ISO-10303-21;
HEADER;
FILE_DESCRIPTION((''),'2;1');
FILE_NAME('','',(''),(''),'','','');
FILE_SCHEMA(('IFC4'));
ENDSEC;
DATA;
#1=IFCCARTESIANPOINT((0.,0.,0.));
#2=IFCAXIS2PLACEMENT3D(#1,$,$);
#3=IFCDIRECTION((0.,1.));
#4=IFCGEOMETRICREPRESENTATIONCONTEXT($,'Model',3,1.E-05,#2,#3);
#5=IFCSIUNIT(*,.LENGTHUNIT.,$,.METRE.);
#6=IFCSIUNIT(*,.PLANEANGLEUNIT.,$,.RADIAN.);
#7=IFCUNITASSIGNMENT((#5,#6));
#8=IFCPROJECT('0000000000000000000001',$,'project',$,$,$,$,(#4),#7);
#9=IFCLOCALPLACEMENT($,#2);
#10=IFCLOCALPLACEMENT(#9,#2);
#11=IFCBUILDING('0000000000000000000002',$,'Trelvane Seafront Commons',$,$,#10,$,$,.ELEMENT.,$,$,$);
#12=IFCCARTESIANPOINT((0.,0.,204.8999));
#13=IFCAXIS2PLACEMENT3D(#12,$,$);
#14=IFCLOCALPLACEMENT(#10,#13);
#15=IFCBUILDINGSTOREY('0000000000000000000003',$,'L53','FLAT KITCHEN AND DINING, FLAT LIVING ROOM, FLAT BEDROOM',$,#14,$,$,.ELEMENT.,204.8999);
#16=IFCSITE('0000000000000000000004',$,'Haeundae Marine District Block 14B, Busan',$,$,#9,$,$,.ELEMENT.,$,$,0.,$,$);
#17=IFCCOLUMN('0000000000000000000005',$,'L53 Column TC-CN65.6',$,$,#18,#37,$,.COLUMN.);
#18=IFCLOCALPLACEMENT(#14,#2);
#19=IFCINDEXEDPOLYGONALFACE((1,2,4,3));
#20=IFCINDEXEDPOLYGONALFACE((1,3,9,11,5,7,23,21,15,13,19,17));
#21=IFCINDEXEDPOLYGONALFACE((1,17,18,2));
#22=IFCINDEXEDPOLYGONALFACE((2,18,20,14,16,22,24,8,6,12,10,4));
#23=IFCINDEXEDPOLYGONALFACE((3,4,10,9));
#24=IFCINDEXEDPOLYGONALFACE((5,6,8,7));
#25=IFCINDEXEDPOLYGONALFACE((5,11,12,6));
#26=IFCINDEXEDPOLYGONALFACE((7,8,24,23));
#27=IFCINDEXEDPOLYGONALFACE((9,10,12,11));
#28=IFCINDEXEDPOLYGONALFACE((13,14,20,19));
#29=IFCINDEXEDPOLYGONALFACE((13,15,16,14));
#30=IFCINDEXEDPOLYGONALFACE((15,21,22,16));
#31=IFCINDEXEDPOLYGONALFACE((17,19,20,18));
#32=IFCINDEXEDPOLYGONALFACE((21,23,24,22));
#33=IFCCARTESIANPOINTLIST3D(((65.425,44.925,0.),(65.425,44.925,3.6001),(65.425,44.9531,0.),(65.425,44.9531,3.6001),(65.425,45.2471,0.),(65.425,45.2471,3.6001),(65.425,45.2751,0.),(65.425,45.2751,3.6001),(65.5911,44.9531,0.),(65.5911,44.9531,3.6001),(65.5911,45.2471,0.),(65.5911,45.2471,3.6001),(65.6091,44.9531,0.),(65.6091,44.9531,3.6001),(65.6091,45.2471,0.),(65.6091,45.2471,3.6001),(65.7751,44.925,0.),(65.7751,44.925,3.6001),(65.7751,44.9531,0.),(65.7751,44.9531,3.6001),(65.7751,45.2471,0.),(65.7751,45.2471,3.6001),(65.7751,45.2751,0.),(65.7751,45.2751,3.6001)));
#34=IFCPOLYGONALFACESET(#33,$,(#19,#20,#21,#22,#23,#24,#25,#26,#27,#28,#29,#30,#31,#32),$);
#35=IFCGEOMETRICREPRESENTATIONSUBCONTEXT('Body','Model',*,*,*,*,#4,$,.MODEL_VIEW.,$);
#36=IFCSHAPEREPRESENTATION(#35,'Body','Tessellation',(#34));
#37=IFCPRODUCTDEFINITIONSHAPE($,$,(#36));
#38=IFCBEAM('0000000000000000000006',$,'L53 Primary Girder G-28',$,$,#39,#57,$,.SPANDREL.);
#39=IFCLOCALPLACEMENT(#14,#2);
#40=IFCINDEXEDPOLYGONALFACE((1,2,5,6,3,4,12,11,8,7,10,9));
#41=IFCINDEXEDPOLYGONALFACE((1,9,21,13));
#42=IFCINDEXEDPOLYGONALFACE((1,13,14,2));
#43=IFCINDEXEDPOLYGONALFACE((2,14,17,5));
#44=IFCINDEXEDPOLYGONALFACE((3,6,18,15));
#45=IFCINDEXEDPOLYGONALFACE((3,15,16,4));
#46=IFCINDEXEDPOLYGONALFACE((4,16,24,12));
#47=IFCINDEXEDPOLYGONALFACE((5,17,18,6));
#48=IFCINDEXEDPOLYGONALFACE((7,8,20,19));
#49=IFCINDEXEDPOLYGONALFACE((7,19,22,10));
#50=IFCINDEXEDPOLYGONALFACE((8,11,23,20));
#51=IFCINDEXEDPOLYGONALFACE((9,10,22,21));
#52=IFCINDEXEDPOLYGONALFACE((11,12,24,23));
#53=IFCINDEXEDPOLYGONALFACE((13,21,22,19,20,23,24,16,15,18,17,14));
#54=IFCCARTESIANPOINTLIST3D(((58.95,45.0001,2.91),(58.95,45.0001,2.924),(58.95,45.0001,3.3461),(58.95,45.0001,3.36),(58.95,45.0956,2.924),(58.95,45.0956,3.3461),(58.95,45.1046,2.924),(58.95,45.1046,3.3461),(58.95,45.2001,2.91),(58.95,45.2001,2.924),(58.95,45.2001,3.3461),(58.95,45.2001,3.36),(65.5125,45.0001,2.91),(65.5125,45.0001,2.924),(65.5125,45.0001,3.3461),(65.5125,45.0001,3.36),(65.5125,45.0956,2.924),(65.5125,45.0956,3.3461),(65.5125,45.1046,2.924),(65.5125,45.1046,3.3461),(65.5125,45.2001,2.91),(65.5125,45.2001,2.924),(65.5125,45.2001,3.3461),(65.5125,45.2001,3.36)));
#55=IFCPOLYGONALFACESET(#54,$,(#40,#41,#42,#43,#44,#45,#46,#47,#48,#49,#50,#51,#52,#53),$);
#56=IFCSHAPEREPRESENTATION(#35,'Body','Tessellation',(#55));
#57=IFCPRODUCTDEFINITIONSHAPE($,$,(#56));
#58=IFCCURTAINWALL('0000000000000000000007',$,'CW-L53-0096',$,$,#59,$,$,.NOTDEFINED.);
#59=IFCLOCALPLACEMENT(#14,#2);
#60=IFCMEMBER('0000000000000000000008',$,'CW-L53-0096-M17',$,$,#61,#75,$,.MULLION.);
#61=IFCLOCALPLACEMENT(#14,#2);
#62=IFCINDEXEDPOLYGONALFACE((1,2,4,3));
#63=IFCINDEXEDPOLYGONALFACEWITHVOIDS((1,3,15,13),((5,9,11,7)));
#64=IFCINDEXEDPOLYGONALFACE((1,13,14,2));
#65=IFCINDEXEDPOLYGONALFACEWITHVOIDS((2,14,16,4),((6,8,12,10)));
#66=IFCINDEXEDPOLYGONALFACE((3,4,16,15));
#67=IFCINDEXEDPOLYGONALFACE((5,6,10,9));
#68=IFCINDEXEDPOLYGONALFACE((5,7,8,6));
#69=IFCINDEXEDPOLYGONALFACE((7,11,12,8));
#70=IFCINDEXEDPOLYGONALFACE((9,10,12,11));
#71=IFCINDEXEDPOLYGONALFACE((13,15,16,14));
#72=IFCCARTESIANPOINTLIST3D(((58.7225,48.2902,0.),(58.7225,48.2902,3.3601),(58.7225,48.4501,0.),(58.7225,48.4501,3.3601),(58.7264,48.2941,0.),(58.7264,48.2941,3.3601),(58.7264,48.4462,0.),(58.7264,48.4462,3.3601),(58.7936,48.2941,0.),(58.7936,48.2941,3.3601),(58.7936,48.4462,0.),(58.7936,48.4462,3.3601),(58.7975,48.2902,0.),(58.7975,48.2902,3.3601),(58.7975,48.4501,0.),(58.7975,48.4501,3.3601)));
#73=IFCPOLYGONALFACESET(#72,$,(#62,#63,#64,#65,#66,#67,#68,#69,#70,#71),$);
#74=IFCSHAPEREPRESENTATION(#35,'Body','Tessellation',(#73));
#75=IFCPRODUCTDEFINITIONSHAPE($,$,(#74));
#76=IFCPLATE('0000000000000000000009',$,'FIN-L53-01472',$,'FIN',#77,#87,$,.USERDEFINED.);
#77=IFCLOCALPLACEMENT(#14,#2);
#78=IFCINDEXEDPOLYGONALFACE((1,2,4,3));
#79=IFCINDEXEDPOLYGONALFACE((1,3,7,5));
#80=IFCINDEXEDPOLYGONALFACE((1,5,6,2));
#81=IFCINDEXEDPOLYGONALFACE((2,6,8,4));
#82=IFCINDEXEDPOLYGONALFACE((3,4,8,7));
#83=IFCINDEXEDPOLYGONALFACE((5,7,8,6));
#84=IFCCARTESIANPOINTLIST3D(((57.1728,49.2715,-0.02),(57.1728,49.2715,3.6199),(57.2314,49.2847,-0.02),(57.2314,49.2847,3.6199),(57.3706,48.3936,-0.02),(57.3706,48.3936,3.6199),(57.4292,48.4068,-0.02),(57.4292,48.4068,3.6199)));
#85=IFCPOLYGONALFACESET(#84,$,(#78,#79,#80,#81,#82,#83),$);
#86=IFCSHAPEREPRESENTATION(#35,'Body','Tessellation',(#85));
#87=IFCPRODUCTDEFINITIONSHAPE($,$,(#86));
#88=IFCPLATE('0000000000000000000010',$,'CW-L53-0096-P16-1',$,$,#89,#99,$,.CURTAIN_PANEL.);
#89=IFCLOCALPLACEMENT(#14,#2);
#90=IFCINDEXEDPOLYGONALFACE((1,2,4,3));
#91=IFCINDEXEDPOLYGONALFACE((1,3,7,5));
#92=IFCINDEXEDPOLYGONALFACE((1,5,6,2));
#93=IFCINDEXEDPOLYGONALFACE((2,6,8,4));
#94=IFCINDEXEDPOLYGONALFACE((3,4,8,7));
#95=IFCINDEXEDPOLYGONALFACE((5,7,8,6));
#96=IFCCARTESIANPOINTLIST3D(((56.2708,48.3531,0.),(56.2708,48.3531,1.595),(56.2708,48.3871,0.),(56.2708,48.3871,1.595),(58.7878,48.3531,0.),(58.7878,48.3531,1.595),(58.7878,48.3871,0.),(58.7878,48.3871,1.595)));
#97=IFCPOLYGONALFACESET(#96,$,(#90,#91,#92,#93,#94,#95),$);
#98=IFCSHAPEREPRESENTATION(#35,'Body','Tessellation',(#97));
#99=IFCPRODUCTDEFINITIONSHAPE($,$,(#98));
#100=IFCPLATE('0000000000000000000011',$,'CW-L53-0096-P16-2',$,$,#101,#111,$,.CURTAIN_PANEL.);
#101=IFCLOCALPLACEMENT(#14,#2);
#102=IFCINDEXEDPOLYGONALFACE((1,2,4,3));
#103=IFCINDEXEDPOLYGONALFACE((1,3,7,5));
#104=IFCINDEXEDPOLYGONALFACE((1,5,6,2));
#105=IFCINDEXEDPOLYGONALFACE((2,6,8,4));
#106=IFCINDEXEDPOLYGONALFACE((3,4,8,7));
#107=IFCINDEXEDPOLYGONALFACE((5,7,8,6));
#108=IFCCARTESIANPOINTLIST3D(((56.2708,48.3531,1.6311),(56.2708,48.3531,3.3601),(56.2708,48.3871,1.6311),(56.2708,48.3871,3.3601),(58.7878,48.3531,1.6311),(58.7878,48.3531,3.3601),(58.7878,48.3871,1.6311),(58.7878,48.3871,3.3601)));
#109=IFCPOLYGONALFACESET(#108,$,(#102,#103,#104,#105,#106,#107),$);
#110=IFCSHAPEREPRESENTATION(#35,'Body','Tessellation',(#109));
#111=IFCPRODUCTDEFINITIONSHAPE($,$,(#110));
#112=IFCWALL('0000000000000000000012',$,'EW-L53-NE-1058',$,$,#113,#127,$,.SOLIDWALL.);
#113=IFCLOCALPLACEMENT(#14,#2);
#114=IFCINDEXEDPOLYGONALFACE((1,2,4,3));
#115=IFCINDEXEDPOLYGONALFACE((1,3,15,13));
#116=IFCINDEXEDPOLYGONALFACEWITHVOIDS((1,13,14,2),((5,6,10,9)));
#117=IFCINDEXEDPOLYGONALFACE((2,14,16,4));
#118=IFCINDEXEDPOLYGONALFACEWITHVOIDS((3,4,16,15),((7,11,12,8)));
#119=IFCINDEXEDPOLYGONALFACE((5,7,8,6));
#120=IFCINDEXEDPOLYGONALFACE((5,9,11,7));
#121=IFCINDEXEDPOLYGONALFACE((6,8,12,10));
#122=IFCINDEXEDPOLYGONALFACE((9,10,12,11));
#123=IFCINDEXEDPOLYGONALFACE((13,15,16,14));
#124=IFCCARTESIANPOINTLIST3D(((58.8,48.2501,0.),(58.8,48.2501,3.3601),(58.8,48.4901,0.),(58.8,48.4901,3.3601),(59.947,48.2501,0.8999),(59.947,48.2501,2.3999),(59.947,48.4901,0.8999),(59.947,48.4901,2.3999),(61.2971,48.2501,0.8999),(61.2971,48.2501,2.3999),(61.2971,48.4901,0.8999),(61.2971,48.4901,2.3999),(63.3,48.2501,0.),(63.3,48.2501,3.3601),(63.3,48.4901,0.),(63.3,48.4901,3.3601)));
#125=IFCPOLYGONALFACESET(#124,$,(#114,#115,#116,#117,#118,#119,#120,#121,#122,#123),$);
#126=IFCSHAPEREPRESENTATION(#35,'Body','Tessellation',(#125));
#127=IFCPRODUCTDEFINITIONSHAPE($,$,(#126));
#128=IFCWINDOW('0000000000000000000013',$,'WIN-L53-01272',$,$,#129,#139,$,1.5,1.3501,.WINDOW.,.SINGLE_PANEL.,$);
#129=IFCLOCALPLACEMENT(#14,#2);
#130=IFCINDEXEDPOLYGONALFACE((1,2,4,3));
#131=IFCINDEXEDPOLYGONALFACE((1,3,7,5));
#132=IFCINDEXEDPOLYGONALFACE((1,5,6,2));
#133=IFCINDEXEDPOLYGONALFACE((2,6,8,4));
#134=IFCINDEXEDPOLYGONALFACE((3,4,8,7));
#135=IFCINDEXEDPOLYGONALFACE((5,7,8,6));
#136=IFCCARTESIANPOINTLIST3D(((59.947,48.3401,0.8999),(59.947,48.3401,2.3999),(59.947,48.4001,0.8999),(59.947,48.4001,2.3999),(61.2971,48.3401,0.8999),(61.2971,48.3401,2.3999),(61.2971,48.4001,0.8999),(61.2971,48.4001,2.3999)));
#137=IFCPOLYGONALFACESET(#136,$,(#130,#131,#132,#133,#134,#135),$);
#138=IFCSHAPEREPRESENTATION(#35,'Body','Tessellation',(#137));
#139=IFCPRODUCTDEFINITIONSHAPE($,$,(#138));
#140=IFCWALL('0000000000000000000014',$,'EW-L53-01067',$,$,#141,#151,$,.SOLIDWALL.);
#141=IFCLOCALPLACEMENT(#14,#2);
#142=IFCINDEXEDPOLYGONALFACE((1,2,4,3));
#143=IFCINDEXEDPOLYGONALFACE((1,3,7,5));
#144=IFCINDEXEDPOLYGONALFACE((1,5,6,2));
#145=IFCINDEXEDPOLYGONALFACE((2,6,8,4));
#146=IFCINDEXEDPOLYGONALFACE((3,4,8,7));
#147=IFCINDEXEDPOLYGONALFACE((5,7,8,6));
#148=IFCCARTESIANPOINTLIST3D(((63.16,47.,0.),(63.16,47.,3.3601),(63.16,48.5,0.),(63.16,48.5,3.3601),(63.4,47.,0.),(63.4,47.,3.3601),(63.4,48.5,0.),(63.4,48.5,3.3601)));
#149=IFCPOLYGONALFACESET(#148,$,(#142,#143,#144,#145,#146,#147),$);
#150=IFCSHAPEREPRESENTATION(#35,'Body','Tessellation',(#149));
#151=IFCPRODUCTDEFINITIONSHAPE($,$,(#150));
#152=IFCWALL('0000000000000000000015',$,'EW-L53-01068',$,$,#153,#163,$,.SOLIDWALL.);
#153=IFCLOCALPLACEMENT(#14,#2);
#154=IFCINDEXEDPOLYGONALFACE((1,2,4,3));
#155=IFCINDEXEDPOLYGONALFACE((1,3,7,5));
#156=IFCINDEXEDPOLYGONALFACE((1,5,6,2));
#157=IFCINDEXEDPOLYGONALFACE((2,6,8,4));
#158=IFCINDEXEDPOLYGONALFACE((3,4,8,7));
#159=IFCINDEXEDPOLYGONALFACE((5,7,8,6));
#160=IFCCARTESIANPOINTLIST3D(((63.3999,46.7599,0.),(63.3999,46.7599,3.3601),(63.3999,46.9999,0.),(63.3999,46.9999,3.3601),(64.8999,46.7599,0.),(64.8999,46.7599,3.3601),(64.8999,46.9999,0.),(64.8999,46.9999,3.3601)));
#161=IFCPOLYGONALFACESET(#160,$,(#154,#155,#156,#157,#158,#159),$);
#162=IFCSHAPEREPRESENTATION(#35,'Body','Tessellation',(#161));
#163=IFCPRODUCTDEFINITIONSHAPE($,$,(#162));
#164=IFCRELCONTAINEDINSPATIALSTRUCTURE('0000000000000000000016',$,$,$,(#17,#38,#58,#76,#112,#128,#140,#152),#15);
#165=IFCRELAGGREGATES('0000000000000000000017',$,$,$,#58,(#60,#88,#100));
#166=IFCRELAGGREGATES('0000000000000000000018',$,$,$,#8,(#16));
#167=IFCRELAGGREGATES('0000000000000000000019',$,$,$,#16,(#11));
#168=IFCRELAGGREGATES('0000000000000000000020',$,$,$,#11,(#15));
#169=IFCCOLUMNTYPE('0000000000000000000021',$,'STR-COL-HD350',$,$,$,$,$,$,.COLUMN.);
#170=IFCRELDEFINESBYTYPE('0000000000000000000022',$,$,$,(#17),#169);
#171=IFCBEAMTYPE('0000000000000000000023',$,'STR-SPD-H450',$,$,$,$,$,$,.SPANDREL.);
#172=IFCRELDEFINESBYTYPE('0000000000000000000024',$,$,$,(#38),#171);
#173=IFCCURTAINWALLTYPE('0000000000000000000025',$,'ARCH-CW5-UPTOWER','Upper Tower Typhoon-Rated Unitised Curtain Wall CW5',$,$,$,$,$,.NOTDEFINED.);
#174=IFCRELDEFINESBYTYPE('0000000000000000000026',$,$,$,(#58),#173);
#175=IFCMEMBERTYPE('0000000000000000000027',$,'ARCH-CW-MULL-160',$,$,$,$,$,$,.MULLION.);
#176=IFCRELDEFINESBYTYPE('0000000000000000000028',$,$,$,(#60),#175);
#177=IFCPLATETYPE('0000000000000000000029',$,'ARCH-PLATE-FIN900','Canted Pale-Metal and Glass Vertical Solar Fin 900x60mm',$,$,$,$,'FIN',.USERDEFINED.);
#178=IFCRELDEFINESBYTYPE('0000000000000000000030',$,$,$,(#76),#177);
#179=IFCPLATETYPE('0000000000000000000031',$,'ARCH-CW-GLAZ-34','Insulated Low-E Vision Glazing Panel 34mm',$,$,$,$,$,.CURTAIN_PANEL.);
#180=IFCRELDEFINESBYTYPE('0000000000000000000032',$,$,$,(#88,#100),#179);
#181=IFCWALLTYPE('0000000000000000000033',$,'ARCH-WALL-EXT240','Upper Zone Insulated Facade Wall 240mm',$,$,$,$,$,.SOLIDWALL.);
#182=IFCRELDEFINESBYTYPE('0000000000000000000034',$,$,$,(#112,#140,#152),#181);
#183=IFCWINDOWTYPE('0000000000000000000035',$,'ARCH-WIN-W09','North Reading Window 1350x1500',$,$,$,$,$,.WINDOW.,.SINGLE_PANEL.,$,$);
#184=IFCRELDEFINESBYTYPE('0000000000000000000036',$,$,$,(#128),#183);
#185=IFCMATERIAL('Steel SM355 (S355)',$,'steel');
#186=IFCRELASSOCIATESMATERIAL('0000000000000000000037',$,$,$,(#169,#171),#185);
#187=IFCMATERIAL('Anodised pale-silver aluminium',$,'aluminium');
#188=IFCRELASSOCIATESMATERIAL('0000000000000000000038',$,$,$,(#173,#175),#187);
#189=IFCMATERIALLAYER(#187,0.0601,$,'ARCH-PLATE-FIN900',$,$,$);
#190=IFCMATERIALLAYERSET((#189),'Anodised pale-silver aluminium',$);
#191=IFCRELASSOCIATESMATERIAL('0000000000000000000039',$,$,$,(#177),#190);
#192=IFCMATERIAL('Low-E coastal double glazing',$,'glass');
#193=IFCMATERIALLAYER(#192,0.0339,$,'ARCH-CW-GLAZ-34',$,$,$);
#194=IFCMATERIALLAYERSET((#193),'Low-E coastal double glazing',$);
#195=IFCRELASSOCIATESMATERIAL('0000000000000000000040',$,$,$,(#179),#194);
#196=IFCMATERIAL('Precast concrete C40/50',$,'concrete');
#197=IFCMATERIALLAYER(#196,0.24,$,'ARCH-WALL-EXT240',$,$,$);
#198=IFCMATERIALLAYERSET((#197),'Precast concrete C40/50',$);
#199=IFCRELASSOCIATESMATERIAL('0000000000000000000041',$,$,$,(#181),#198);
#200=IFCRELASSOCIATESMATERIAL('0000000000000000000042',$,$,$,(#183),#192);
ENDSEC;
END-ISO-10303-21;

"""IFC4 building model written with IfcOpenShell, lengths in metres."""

from ifc_helpers import new_model, si_unit, direction, frame, frame_2d, origin, origin_2d, place, context, subcontext, project, spatial, rectangle, hollow_rectangle, i_section, extrude, source, transform, mapped, material, layer, layer_set, material_profile, profile_set, type_object, element, fill, aggregate, save


model = new_model("IFC4")

# Units and contexts
model_context = context("Model", 3, precision=1e-05, world=origin(), true_north=direction((0.0, 1.0)))
body_context = subcontext(model_context, "Body", "Model", "MODEL_VIEW")
ifc_project = project(units=[si_unit("LENGTHUNIT", "METRE"), si_unit("PLANEANGLEUNIT", "RADIAN")], contexts=[model_context])

# Site, building, storey
site_placement = place(None, origin())
site = spatial("IfcSite", under=ifc_project, at=site_placement, Name="Haeundae Marine District Block 14B, Busan", CompositionType="ELEMENT", RefElevation=0.0)
building_placement = place(site_placement, origin())
building = spatial("IfcBuilding", under=site, at=building_placement, Name="Trelvane Seafront Commons", CompositionType="ELEMENT")
storey_placement = place(building_placement, frame((0.0, 0.0, 204.8999)))
storey = spatial("IfcBuildingStorey", under=building, at=storey_placement, Name="L53", Description="FLAT KITCHEN AND DINING, FLAT LIVING ROOM, FLAT BEDROOM", CompositionType="ELEMENT", Elevation=204.8999)

# Column
ifc_material_1 = material(Name="Steel SM355 (S355)", Category="steel")
ifc_material_profile_1 = material_profile(ifc_material_1, i_section(OverallWidth=0.3501, OverallDepth=0.3501, WebThickness=0.0181, FlangeThickness=0.0281, at=origin_2d()), Name="HD-350x350x18x28")
ifc_profile_set_1 = profile_set([ifc_material_profile_1], Name="Steel SM355 (S355)")
column_type = type_object("IfcColumnType", Name="STR-COL-HD350", PredefinedType="COLUMN", material=ifc_profile_set_1)
shared_shape_1 = source(origin(), body_context, "Body", "SweptSolid", [
    extrude(i_section(OverallWidth=0.3501, OverallDepth=0.3501, WebThickness=0.0181, FlangeThickness=0.0281, at=origin_2d()), origin(), (0.0, 0.0, 1.0), 3.6001),
])
column_placement = place(storey_placement, frame((65.6001, 45.1001, 0.0), z_axis=(0.0, 0.0, 1.0), x_axis=(1.0, 0.0, 0.0)))
element("IfcColumn", 1, at=column_placement, inside=storey, type_object=column_type, Name="L53 Column TC-CN65.6", PredefinedType="COLUMN", context=body_context, shape_type="MappedRepresentation", body=[
    mapped(shared_shape_1, transform((0.0, 0.0, 0.0), x_axis=(1.0, 0.0, 0.0), y_axis=(0.0, 1.0, 0.0), z_axis=(0.0, 0.0, 1.0), scale=1.0)),
])

# Beam
ifc_material_profile_2 = material_profile(ifc_material_1, i_section(OverallWidth=0.2, OverallDepth=0.45, WebThickness=0.009, FlangeThickness=0.0139, at=origin_2d()), Name="H-450x200x9x14")
ifc_profile_set_2 = profile_set([ifc_material_profile_2], Name="Steel SM355 (S355)")
beam_type = type_object("IfcBeamType", Name="STR-SPD-H450", PredefinedType="SPANDREL", material=ifc_profile_set_2)
shared_shape_2 = source(origin(), body_context, "Body", "SweptSolid", [
    extrude(i_section(OverallWidth=0.2, OverallDepth=0.45, WebThickness=0.009, FlangeThickness=0.0139, at=origin_2d()), origin(), (0.0, 0.0, 1.0), 6.5625),
])
beam_placement = place(storey_placement, frame((58.95, 45.1001, 3.135), z_axis=(1.0, 0.0, 0.0), x_axis=(0.0, 1.0, 0.0)))
element("IfcBeam", 2, at=beam_placement, inside=storey, type_object=beam_type, Name="L53 Primary Girder G-28", PredefinedType="SPANDREL", context=body_context, shape_type="MappedRepresentation", body=[
    mapped(shared_shape_2, transform((0.0, 0.0, 0.0), x_axis=(1.0, 0.0, 0.0), y_axis=(0.0, 1.0, 0.0), z_axis=(0.0, 0.0, 1.0), scale=1.0)),
])

# Curtain wall, member
ifc_material_2 = material(Name="Anodised pale-silver aluminium", Category="aluminium")
curtain_wall_type = type_object("IfcCurtainWallType", Name="ARCH-CW5-UPTOWER", Description="Upper Tower Typhoon-Rated Unitised Curtain Wall CW5", PredefinedType="NOTDEFINED", material=ifc_material_2)
curtain_wall_placement = place(storey_placement, origin())
curtain_wall = element("IfcCurtainWall", 3, at=curtain_wall_placement, inside=storey, type_object=curtain_wall_type, Name="CW-L53-0096", PredefinedType="NOTDEFINED")
ifc_material_profile_3 = material_profile(ifc_material_2, hollow_rectangle(XDim=0.075, YDim=0.1599, WallThickness=0.0039, at=origin_2d()), Name="MULL-75x160x4")
ifc_profile_set_3 = profile_set([ifc_material_profile_3], Name="Anodised pale-silver aluminium")
member_type = type_object("IfcMemberType", Name="ARCH-CW-MULL-160", PredefinedType="MULLION", material=ifc_profile_set_3)
shared_shape_3 = source(origin(), body_context, "Body", "SweptSolid", [
    extrude(hollow_rectangle(XDim=0.075, YDim=0.1599, WallThickness=0.0039, at=origin_2d()), origin(), (0.0, 0.0, 1.0), 3.3601),
])
member_placement = place(storey_placement, frame((58.76, 48.3701, 0.0), z_axis=(0.0, 0.0, 1.0), x_axis=(1.0, 0.0, 0.0)))
member = element("IfcMember", 4, at=member_placement, type_object=member_type, Name="CW-L53-0096-M17", PredefinedType="MULLION", context=body_context, shape_type="MappedRepresentation", body=[
    mapped(shared_shape_3, transform((0.0, 0.0, 0.0), x_axis=(1.0, 0.0, 0.0), y_axis=(0.0, 1.0, 0.0), z_axis=(0.0, 0.0, 1.0), scale=1.0)),
])

# Plates
ifc_layer_1 = layer(ifc_material_2, 0.0601, Name="ARCH-PLATE-FIN900")
ifc_layer_set_1 = layer_set([ifc_layer_1], Name="Anodised pale-silver aluminium")
plate_type_1 = type_object("IfcPlateType", Name="ARCH-PLATE-FIN900", Description="Canted Pale-Metal and Glass Vertical Solar Fin 900x60mm", ElementType="FIN", PredefinedType="USERDEFINED", material=ifc_layer_set_1)
shared_shape_4 = source(origin(), body_context, "Body", "SweptSolid", [
    extrude(rectangle(XDim=0.8999, YDim=0.0601, at=origin_2d()), origin(), (0.0, 0.0, 1.0), 3.6399),
])
plate_1_placement = place(storey_placement, frame((57.301, 48.8391, -0.02), z_axis=(0.0, 0.0, 1.0), x_axis=(-0.219776, 0.97555, 0.0)))
element("IfcPlate", 5, at=plate_1_placement, inside=storey, type_object=plate_type_1, Name="FIN-L53-01472", ObjectType="FIN", PredefinedType="USERDEFINED", context=body_context, shape_type="MappedRepresentation", body=[
    mapped(shared_shape_4, transform((0.0, 0.0, 0.0), x_axis=(1.0, 0.0, 0.0), y_axis=(0.0, 1.0, 0.0), z_axis=(0.0, 0.0, 1.0), scale=1.0)),
])
ifc_material_3 = material(Name="Low-E coastal double glazing", Category="glass")
ifc_layer_2 = layer(ifc_material_3, 0.0339, Name="ARCH-CW-GLAZ-34")
ifc_layer_set_2 = layer_set([ifc_layer_2], Name="Low-E coastal double glazing")
plate_type_2 = type_object("IfcPlateType", Name="ARCH-CW-GLAZ-34", Description="Insulated Low-E Vision Glazing Panel 34mm", PredefinedType="CURTAIN_PANEL", material=ifc_layer_set_2)
shared_shape_5 = source(origin(), body_context, "Body", "SweptSolid", [
    extrude(rectangle(XDim=2.5171, YDim=0.0339, at=origin_2d()), origin(), (0.0, 0.0, 1.0), 1.595),
])
plate_2_placement = place(storey_placement, frame((57.5293, 48.3701, 0.0), z_axis=(0.0, 0.0, 1.0), x_axis=(1.0, 0.0, 0.0)))
plate_2 = element("IfcPlate", 6, at=plate_2_placement, type_object=plate_type_2, Name="CW-L53-0096-P16-1", PredefinedType="CURTAIN_PANEL", context=body_context, shape_type="MappedRepresentation", body=[
    mapped(shared_shape_5, transform((0.0, 0.0, 0.0), x_axis=(1.0, 0.0, 0.0), y_axis=(0.0, 1.0, 0.0), z_axis=(0.0, 0.0, 1.0), scale=1.0)),
])
shared_shape_6 = source(origin(), body_context, "Body", "SweptSolid", [
    extrude(rectangle(XDim=2.5171, YDim=0.0339, at=origin_2d()), origin(), (0.0, 0.0, 1.0), 1.729),
])
plate_3_placement = place(storey_placement, frame((57.5293, 48.3701, 1.6311), z_axis=(0.0, 0.0, 1.0), x_axis=(1.0, 0.0, 0.0)))
plate_3 = element("IfcPlate", 7, at=plate_3_placement, type_object=plate_type_2, Name="CW-L53-0096-P16-2", PredefinedType="CURTAIN_PANEL", context=body_context, shape_type="MappedRepresentation", body=[
    mapped(shared_shape_6, transform((0.0, 0.0, 0.0), x_axis=(1.0, 0.0, 0.0), y_axis=(0.0, 1.0, 0.0), z_axis=(0.0, 0.0, 1.0), scale=1.0)),
])
aggregate(curtain_wall, [member, plate_2, plate_3])

# Wall, opening, window
ifc_material_4 = material(Name="Precast concrete C40/50", Category="concrete")
ifc_layer_3 = layer(ifc_material_4, 0.24, Name="ARCH-WALL-EXT240")
ifc_layer_set_3 = layer_set([ifc_layer_3], Name="Precast concrete C40/50")
wall_type = type_object("IfcWallType", Name="ARCH-WALL-EXT240", Description="Upper Zone Insulated Facade Wall 240mm", PredefinedType="SOLIDWALL", material=ifc_layer_set_3)
wall_1_placement = place(storey_placement, frame((58.8, 48.3701, 0.0), z_axis=(0.0, 0.0, 1.0), x_axis=(1.0, 0.0, 0.0)))
wall_1 = element("IfcWall", 8, at=wall_1_placement, inside=storey, type_object=wall_type, Name="EW-L53-NE-1058", PredefinedType="SOLIDWALL", context=body_context, shape_type="SweptSolid", body=[
    extrude(rectangle(XDim=4.5, YDim=0.24, at=frame_2d((2.25, 0.0))), origin(), (0.0, 0.0, 1.0), 3.3601),
])
opening_1_placement = place(wall_1_placement, frame((1.147, 0.0, 0.8999)))
opening_1 = element("IfcOpeningElement", 9, at=opening_1_placement, cuts=wall_1, PredefinedType="OPENING", context=body_context, shape_type="SweptSolid", body=[
    extrude(rectangle(XDim=1.3501, YDim=1.5, at=frame_2d((0.675, 0.75))), frame((0.0, 0.1299, 0.0), z_axis=(0.0, -1.0, 0.0), x_axis=(1.0, 0.0, 0.0)), (0.0, 0.0, 1.0), 0.26),
])
window_type_1 = type_object("IfcWindowType", Name="ARCH-WIN-W09", Description="North Reading Window 1350x1500", PartitioningType="SINGLE_PANEL", PredefinedType="WINDOW", material=ifc_material_3)
shared_shape_7 = source(origin(), body_context, "Body", "SweptSolid", [
    extrude(rectangle(XDim=1.3501, YDim=1.5, at=frame_2d((0.675, 0.75))), frame((0.0, 0.03, 0.0), z_axis=(0.0, -1.0, 0.0), x_axis=(1.0, 0.0, 0.0)), (0.0, 0.0, 1.0), 0.0601),
])
window_1_placement = place(opening_1_placement, origin())
window_1 = element("IfcWindow", 10, at=window_1_placement, inside=storey, type_object=window_type_1, Name="WIN-L53-01272", OverallHeight=1.5, OverallWidth=1.3501, PartitioningType="SINGLE_PANEL", PredefinedType="WINDOW", context=body_context, shape_type="MappedRepresentation", body=[
    mapped(shared_shape_7, transform((0.0, 0.0, 0.0), x_axis=(1.0, 0.0, 0.0), y_axis=(0.0, 1.0, 0.0), z_axis=(0.0, 0.0, 1.0), scale=1.0)),
])
fill(opening_1, window_1)

# Walls
for number, where, z_axis, x_axis, name in (
    (11, (63.28, 48.5, 0.0), (0.0, 0.0, 1.0), (0.0, -1.0, 0.0), "EW-L53-01067"),
    (12, (63.3999, 46.8799, 0.0), (0.0, 0.0, 1.0), (1.0, 0.0, 0.0), "EW-L53-01068"),
):
    element("IfcWall", number, at=place(storey_placement, frame(where, z_axis=z_axis, x_axis=x_axis)), inside=storey, type_object=wall_type, Name=name, PredefinedType="SOLIDWALL", context=body_context, shape_type="SweptSolid", body=[
        extrude(rectangle(XDim=1.5, YDim=0.24, at=frame_2d((0.75, 0.0))), origin(), (0.0, 0.0, 1.0), 3.3601),
    ])

save(model, "model.ifc")
